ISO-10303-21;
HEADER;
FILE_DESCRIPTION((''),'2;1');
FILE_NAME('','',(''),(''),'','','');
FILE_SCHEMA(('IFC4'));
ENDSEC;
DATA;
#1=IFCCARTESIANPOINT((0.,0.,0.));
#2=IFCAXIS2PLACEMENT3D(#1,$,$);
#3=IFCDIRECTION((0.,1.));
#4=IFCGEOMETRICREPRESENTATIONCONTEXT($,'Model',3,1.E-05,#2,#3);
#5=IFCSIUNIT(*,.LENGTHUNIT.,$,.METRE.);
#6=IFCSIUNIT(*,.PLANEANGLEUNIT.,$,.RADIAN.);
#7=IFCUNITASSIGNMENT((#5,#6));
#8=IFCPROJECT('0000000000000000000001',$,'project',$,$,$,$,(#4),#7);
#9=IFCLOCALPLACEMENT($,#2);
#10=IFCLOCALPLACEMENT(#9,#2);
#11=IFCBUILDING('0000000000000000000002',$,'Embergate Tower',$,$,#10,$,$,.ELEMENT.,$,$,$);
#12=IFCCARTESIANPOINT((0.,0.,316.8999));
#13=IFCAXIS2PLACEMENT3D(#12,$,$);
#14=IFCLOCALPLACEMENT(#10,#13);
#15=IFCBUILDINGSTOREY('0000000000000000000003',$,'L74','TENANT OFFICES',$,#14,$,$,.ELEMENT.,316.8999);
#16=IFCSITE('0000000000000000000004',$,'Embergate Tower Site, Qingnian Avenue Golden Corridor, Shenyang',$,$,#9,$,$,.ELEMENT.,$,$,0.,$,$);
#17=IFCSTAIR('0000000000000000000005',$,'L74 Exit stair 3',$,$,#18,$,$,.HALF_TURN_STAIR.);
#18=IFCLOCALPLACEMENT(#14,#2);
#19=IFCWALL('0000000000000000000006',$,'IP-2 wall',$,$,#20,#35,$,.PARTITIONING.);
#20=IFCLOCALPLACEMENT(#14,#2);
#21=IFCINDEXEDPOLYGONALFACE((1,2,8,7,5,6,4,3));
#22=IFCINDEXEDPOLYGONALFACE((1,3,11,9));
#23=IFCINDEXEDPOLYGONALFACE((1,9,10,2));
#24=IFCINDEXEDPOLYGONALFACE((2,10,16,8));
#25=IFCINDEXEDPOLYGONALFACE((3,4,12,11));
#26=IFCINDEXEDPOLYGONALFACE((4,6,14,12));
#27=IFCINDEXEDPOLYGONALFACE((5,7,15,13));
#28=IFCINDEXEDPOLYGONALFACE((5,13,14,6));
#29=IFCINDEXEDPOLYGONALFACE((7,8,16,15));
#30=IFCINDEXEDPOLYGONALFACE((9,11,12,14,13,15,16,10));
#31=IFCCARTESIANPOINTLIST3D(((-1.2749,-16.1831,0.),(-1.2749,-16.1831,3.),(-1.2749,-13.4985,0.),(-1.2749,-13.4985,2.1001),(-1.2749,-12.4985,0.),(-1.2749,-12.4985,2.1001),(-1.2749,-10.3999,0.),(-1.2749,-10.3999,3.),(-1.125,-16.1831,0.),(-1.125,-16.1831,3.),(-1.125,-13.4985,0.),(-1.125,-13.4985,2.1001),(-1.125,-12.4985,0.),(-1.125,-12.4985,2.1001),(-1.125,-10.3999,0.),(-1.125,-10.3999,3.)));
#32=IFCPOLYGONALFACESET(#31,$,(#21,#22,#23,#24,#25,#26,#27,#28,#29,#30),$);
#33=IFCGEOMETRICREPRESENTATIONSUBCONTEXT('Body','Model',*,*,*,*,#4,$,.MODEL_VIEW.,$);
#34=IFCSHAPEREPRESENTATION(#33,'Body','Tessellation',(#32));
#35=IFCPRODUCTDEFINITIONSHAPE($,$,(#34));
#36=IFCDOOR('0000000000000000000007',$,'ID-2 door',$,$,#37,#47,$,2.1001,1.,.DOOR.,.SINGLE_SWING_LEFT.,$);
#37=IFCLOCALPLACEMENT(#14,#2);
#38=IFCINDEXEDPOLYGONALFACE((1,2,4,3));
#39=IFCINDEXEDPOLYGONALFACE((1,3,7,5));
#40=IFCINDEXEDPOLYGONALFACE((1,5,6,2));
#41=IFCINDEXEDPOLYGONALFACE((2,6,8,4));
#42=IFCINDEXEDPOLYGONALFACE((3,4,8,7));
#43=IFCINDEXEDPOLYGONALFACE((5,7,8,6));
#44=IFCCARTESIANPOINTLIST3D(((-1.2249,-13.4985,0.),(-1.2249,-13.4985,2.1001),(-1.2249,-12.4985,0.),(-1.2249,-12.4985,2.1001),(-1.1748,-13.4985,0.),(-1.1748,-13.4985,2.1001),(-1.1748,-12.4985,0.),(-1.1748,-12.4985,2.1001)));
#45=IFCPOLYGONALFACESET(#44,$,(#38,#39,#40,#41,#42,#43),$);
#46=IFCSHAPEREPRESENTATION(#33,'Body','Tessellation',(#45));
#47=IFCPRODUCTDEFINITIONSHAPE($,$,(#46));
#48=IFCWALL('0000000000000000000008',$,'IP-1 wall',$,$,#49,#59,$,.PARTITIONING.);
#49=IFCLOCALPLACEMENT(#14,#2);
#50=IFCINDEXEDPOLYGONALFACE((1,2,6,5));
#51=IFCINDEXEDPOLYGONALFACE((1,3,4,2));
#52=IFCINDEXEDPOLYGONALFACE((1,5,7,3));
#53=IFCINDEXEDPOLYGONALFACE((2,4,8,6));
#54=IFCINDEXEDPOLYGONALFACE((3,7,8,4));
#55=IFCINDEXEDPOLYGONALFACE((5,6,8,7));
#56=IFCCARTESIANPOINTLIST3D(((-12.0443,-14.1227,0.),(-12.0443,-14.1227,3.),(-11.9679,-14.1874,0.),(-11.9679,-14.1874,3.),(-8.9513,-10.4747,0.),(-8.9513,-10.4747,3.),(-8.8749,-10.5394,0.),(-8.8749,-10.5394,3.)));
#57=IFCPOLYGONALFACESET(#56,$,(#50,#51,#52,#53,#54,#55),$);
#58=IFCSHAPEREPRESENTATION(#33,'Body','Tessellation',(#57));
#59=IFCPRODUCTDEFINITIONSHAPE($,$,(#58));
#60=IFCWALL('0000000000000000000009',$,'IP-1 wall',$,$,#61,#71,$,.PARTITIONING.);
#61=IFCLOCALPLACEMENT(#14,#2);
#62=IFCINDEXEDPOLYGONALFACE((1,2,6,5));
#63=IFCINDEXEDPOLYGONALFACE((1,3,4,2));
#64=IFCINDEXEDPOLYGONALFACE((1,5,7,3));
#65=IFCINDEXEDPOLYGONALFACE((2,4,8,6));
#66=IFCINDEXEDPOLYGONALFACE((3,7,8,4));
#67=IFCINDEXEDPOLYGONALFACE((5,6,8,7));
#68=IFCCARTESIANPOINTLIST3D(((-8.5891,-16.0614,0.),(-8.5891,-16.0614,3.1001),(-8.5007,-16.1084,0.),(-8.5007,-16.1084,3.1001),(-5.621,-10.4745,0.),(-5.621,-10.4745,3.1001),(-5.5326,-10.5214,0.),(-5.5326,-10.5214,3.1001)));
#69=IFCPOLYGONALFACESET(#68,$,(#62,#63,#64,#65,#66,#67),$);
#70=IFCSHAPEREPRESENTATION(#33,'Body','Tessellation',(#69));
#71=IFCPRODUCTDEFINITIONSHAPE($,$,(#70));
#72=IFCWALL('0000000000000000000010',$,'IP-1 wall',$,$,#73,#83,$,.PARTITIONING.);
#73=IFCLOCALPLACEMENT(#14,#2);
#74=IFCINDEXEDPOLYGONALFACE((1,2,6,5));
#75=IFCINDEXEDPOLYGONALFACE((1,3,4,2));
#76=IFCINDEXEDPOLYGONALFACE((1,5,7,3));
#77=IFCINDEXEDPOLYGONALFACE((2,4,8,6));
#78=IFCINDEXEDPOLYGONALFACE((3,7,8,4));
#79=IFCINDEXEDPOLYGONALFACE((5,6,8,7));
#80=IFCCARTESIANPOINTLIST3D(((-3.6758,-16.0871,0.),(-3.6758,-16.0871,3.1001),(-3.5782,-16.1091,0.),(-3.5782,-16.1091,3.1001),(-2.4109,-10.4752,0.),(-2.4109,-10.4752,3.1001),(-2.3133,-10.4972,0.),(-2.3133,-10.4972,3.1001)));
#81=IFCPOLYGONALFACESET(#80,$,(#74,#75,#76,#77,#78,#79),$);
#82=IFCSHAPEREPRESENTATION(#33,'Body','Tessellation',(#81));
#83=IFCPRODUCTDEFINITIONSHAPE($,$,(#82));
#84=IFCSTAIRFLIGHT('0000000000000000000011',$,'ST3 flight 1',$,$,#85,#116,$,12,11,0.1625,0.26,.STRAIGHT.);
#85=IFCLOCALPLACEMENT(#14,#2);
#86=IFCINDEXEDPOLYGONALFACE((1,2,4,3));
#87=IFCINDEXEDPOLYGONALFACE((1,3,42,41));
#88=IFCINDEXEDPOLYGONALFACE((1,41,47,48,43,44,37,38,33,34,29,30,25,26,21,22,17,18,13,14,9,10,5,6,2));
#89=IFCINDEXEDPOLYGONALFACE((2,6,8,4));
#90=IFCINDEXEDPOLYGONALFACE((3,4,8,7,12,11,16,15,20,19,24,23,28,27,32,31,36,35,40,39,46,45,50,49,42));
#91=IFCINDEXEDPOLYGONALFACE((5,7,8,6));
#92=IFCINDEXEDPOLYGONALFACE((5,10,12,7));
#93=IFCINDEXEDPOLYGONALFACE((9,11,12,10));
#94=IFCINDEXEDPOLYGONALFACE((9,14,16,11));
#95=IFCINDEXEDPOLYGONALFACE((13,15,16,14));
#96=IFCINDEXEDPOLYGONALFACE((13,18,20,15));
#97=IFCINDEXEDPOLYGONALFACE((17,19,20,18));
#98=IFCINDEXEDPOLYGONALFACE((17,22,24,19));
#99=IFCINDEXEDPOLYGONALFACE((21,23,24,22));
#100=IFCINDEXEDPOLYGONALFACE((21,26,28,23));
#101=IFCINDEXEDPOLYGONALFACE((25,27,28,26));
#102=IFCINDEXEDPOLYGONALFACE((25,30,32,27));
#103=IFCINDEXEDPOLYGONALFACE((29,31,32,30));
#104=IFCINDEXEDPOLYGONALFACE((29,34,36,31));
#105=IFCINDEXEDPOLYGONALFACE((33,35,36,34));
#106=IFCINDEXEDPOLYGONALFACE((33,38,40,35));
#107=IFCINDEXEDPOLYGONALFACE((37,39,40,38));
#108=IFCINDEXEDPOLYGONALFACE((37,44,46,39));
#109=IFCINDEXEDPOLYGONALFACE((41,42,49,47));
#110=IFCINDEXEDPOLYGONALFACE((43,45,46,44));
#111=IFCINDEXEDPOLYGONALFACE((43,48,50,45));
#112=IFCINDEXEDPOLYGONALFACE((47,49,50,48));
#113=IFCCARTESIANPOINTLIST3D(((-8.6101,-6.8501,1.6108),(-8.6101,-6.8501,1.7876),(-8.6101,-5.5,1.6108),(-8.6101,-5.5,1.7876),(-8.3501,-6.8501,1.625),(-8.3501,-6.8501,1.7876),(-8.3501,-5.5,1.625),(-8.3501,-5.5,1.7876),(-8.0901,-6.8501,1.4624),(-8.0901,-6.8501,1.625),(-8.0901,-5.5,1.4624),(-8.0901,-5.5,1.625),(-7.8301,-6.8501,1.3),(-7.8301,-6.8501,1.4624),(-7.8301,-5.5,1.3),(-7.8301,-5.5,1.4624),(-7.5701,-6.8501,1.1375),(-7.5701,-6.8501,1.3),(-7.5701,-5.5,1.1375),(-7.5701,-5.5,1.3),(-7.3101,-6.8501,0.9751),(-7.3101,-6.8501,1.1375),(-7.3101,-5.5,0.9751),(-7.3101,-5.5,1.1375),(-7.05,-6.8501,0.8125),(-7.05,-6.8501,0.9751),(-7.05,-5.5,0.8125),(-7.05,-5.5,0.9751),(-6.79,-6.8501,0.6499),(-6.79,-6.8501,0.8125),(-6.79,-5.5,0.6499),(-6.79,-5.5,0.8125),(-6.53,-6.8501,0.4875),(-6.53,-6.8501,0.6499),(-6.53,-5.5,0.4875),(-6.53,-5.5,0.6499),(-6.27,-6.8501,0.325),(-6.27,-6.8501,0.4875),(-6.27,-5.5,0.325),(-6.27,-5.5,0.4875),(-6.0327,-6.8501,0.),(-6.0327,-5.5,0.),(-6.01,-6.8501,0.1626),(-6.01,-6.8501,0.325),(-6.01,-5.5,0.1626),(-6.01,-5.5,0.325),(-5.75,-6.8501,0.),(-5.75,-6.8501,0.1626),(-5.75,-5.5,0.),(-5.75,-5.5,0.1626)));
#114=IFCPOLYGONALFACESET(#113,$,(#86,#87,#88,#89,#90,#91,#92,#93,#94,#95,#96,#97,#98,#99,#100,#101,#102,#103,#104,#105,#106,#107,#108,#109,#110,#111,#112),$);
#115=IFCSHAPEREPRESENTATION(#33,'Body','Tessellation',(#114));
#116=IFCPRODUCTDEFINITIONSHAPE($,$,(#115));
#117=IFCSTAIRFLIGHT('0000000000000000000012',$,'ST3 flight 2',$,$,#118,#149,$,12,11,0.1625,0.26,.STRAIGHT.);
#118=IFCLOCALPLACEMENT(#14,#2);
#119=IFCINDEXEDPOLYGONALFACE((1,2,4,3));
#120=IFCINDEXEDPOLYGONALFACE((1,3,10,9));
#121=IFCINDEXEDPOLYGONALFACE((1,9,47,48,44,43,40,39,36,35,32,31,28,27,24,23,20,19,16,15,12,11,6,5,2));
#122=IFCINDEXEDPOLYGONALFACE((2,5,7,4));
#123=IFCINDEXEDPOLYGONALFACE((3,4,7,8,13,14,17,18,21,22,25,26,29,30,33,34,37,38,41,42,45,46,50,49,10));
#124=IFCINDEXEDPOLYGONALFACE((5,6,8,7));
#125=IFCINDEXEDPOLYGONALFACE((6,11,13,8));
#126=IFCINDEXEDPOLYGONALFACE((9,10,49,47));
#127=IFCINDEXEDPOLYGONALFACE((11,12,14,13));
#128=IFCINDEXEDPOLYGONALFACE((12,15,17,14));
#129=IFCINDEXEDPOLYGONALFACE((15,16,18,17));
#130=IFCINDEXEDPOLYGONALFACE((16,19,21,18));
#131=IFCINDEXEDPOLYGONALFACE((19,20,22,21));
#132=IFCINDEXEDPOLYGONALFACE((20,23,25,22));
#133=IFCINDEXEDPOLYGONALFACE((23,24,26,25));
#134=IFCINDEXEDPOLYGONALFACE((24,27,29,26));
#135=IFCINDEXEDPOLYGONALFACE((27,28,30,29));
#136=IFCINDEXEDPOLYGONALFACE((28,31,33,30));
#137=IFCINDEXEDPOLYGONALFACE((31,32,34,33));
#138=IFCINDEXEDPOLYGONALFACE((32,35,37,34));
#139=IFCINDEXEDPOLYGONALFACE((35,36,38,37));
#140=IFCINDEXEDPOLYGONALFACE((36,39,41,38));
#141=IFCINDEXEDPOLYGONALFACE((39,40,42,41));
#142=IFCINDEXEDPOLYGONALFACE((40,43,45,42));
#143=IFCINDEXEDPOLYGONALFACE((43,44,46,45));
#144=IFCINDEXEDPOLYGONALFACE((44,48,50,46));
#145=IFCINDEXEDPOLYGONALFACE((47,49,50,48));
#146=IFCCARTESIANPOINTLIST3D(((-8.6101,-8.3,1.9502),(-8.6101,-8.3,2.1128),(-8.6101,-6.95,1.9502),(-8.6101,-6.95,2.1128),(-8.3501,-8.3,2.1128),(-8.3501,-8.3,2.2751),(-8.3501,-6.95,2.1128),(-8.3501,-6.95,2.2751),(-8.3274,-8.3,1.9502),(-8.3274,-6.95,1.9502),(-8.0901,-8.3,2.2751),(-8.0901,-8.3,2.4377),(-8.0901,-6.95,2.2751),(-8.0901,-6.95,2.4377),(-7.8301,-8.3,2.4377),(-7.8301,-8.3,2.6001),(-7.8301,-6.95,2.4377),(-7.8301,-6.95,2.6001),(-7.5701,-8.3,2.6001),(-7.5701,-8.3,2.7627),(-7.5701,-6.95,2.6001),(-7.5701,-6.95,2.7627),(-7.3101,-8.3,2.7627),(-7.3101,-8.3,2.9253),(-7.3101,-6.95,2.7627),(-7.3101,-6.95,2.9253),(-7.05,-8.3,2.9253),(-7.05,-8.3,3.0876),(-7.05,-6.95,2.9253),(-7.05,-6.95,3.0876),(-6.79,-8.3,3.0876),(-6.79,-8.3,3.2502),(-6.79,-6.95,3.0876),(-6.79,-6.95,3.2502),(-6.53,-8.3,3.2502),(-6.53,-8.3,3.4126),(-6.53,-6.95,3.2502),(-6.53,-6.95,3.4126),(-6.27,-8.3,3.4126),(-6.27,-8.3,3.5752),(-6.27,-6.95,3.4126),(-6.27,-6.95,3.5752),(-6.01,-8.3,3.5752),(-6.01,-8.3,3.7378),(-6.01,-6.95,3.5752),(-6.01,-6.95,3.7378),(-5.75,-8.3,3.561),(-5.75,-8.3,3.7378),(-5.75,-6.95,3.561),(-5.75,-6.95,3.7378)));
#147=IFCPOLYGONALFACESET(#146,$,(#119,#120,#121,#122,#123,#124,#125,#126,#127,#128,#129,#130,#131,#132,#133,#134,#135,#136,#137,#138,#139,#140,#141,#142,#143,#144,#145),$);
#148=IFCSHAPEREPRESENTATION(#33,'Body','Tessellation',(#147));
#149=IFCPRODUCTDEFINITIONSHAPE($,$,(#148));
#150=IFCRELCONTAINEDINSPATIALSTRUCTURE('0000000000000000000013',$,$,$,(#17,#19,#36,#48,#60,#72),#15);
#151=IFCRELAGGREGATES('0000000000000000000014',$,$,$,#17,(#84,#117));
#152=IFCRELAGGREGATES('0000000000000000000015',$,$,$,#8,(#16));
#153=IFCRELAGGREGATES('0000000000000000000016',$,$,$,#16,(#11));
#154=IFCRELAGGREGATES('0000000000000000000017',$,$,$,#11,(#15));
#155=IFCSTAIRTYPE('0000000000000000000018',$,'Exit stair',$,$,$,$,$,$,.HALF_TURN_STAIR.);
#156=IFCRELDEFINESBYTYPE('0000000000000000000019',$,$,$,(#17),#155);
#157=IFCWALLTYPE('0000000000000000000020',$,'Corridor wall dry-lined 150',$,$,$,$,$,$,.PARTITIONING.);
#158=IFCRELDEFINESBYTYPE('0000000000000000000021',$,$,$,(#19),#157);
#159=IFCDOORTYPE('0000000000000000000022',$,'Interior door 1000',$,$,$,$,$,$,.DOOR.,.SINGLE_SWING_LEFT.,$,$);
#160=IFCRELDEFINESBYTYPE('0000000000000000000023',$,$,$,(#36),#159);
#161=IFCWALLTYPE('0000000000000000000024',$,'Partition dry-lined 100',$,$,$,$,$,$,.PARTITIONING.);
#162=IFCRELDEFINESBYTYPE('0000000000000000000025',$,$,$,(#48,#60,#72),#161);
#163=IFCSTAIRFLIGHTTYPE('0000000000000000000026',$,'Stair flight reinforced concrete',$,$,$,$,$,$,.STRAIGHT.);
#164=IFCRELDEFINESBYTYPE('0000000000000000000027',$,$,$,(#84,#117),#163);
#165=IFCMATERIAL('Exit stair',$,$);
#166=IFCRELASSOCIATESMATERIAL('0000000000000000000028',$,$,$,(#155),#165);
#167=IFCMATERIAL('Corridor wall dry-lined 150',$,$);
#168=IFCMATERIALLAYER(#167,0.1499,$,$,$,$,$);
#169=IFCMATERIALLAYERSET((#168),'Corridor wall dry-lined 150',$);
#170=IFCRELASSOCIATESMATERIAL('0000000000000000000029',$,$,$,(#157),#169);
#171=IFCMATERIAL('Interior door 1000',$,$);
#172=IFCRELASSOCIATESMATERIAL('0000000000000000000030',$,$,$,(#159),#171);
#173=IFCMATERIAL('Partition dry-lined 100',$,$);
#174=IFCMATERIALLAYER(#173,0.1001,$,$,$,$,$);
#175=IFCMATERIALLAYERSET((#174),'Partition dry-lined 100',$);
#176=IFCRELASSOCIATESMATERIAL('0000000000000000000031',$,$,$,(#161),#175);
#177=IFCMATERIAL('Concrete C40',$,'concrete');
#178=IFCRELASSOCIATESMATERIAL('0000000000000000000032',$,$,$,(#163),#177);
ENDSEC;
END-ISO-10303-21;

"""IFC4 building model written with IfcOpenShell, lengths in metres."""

from ifc_helpers import new_model, si_unit, direction, frame, frame_2d, origin, place, context, subcontext, project, spatial, polyline, rectangle, outline, extrude, source, transform, mapped, material, layer, layer_set, type_object, element, fill, aggregate, save


model = new_model("IFC4")

# Units and contexts
model_context = context("Model", 3, precision=1e-05, world=origin(), true_north=direction((0.0, 1.0)))
body_context = subcontext(model_context, "Body", "Model", "MODEL_VIEW")
ifc_project = project(units=[si_unit("LENGTHUNIT", "METRE"), si_unit("PLANEANGLEUNIT", "RADIAN")], contexts=[model_context])

# Site, building, storey
site_placement = place(None, origin())
site = spatial("IfcSite", under=ifc_project, at=site_placement, Name="Embergate Tower Site, Qingnian Avenue Golden Corridor, Shenyang", CompositionType="ELEMENT", RefElevation=0.0)
building_placement = place(site_placement, origin())
building = spatial("IfcBuilding", under=site, at=building_placement, Name="Embergate Tower", CompositionType="ELEMENT")
storey_placement = place(building_placement, frame((0.0, 0.0, 316.8999)))
storey = spatial("IfcBuildingStorey", under=building, at=storey_placement, Name="L74", Description="TENANT OFFICES", CompositionType="ELEMENT", Elevation=316.8999)

# Stair
ifc_material_1 = material(Name="Exit stair")
stair_type = type_object("IfcStairType", Name="Exit stair", PredefinedType="HALF_TURN_STAIR", material=ifc_material_1)
stair_placement = place(storey_placement, origin())
stair = element("IfcStair", 1, at=stair_placement, inside=storey, type_object=stair_type, Name="L74 Exit stair 3", PredefinedType="HALF_TURN_STAIR")
ifc_material_2 = material(Name="Concrete C40", Category="concrete")

# Shared definitions
ifc_material_3 = material(Name="Corridor wall dry-lined 150")
ifc_layer_1 = layer(ifc_material_3, 0.1499)
ifc_layer_set_1 = layer_set([ifc_layer_1], Name="Corridor wall dry-lined 150")
wall_type_1 = type_object("IfcWallType", Name="Corridor wall dry-lined 150", PredefinedType="PARTITIONING", material=ifc_layer_set_1)

# Wall, opening, door
shared_shape_1 = source(origin(), body_context, "Body", "SweptSolid", [
    extrude(rectangle(XDim=5.7832, YDim=0.1499, at=frame_2d((2.8916, 0.0))), origin(), (0.0, 0.0, 1.0), 3.0),
])
wall_1_placement = place(storey_placement, frame((-1.2, -16.1831, 0.0), z_axis=(0.0, 0.0, 1.0), x_axis=(0.0, 1.0, 0.0)))
wall_1 = element("IfcWall", 2, at=wall_1_placement, inside=storey, type_object=wall_type_1, Name="IP-2 wall", PredefinedType="PARTITIONING", context=body_context, shape_type="MappedRepresentation", body=[
    mapped(shared_shape_1, transform((0.0, 0.0, 0.0))),
])
shared_shape_2 = source(origin(), body_context, "Body", "SweptSolid", [
    extrude(rectangle(XDim=1.0, YDim=2.1001, at=frame_2d((0.5, 1.05))), frame((0.0, 0.085, 0.0), z_axis=(0.0, -1.0, 0.0), x_axis=(1.0, 0.0, 0.0)), (0.0, 0.0, 1.0), 0.1699),
])
opening_1_placement = place(wall_1_placement, frame((2.6846, 0.0, 0.0)))
opening_1 = element("IfcOpeningElement", 3, at=opening_1_placement, cuts=wall_1, PredefinedType="OPENING", context=body_context, shape_type="MappedRepresentation", body=[
    mapped(shared_shape_2, transform((0.0, 0.0, 0.0))),
])
ifc_material_4 = material(Name="Interior door 1000")
door_type_1 = type_object("IfcDoorType", Name="Interior door 1000", OperationType="SINGLE_SWING_LEFT", PredefinedType="DOOR", material=ifc_material_4)
shared_shape_3 = source(origin(), body_context, "Body", "SweptSolid", [
    extrude(rectangle(XDim=1.0, YDim=2.1001, at=frame_2d((0.5, 1.05))), frame((0.0, 0.0249, 0.0), z_axis=(0.0, -1.0, 0.0), x_axis=(1.0, 0.0, 0.0)), (0.0, 0.0, 1.0), 0.05),
])
door_1_placement = place(opening_1_placement, origin())
door_1 = element("IfcDoor", 4, at=door_1_placement, inside=storey, type_object=door_type_1, Name="ID-2 door", OperationType="SINGLE_SWING_LEFT", OverallHeight=2.1001, OverallWidth=1.0, PredefinedType="DOOR", context=body_context, shape_type="MappedRepresentation", body=[
    mapped(shared_shape_3, transform((0.0, 0.0, 0.0))),
])
fill(opening_1, door_1)

# Walls
ifc_material_5 = material(Name="Partition dry-lined 100")
ifc_layer_2 = layer(ifc_material_5, 0.1001)
ifc_layer_set_2 = layer_set([ifc_layer_2], Name="Partition dry-lined 100")
wall_type_2 = type_object("IfcWallType", Name="Partition dry-lined 100", PredefinedType="PARTITIONING", material=ifc_layer_set_2)
shared_shape_4 = source(origin(), body_context, "Body", "SweptSolid", [
    extrude(rectangle(XDim=4.7827, YDim=0.1001, at=frame_2d((2.3914, 0.0))), origin(), (0.0, 0.0, 1.0), 3.0),
])
wall_2_placement = place(storey_placement, frame((-8.9131, -10.5071, 0.0), z_axis=(0.0, 0.0, 1.0), x_axis=(-0.646708, -0.762737, 0.0)))
element("IfcWall", 5, at=wall_2_placement, inside=storey, type_object=wall_type_2, Name="IP-1 wall", PredefinedType="PARTITIONING", context=body_context, shape_type="MappedRepresentation", body=[
    mapped(shared_shape_4, transform((0.0, 0.0, 0.0))),
])
shared_shape_5 = source(origin(), body_context, "Body", "SweptSolid", [
    extrude(rectangle(XDim=6.3264, YDim=0.1001, at=frame_2d((3.1631, 0.0))), origin(), (0.0, 0.0, 1.0), 3.1001),
])
wall_3_placement = place(storey_placement, frame((-5.5769, -10.498, 0.0), z_axis=(0.0, 0.0, 1.0), x_axis=(-0.469151, -0.883118, 0.0)))
element("IfcWall", 6, at=wall_3_placement, inside=storey, type_object=wall_type_2, Name="IP-1 wall", PredefinedType="PARTITIONING", context=body_context, shape_type="MappedRepresentation", body=[
    mapped(shared_shape_5, transform((0.0, 0.0, 0.0))),
])
shared_shape_6 = source(origin(), body_context, "Body", "SweptSolid", [
    extrude(rectangle(XDim=5.7527, YDim=0.1001, at=frame_2d((2.8765, 0.0))), origin(), (0.0, 0.0, 1.0), 3.1001),
])
wall_4_placement = place(storey_placement, frame((-2.3621, -10.4861, 0.0), z_axis=(0.0, 0.0, 1.0), x_axis=(-0.219882, -0.975527, 0.0)))
element("IfcWall", 7, at=wall_4_placement, inside=storey, type_object=wall_type_2, Name="IP-1 wall", PredefinedType="PARTITIONING", context=body_context, shape_type="MappedRepresentation", body=[
    mapped(shared_shape_6, transform((0.0, 0.0, 0.0))),
])

# Stair flights
stair_flight_type = type_object("IfcStairFlightType", Name="Stair flight reinforced concrete", PredefinedType="STRAIGHT", material=ifc_material_2)
shared_shape_7 = source(origin(), body_context, "Body", "SweptSolid", [
    extrude(outline(polyline([(0.0, 0.0), (0.0, 0.1626), (0.26, 0.1626), (0.26, 0.325), (0.52, 0.325), (0.52, 0.4875), (0.78, 0.4875), (0.78, 0.6499), (1.04, 0.6499), (1.04, 0.8125), (1.3, 0.8125), (1.3, 0.9751), (1.5601, 0.9751), (1.5601, 1.1375), (1.8201, 1.1375), (1.8201, 1.3), (2.0801, 1.3), (2.0801, 1.4624), (2.3401, 1.4624), (2.3401, 1.625), (2.6001, 1.625), (2.6001, 1.7876), (2.8601, 1.7876), (2.8601, 1.95), (2.8601, 1.6108), (0.2827, 0.0), (0.0, 0.0)])), frame((0.0, 0.675, 0.0), z_axis=(0.0, -1.0, 0.0), x_axis=(1.0, 0.0, 0.0)), (0.0, 0.0, 1.0), 1.3501),
])
stair_flight_1_placement = place(storey_placement, frame((-5.75, -6.175, 0.0), z_axis=(0.0, 0.0, 1.0), x_axis=(-1.0, 0.0, 0.0)))
stair_flight_1 = element("IfcStairFlight", 8, at=stair_flight_1_placement, type_object=stair_flight_type, Name="ST3 flight 1", NumberOfRisers=12, NumberOfTreads=11, PredefinedType="STRAIGHT", RiserHeight=0.1625, TreadLength=0.26, context=body_context, shape_type="MappedRepresentation", body=[
    mapped(shared_shape_7, transform((0.0, 0.0, 0.0))),
])
stair_flight_2_placement = place(storey_placement, frame((-8.6101, -7.625, 1.9502), z_axis=(0.0, 0.0, 1.0), x_axis=(1.0, 0.0, 0.0)))
stair_flight_2 = element("IfcStairFlight", 9, at=stair_flight_2_placement, type_object=stair_flight_type, Name="ST3 flight 2", NumberOfRisers=12, NumberOfTreads=11, PredefinedType="STRAIGHT", RiserHeight=0.1625, TreadLength=0.26, context=body_context, shape_type="MappedRepresentation", body=[
    mapped(shared_shape_7, transform((0.0, 0.0, 0.0))),
])
aggregate(stair, [stair_flight_1, stair_flight_2])

save(model, "model.ifc")
